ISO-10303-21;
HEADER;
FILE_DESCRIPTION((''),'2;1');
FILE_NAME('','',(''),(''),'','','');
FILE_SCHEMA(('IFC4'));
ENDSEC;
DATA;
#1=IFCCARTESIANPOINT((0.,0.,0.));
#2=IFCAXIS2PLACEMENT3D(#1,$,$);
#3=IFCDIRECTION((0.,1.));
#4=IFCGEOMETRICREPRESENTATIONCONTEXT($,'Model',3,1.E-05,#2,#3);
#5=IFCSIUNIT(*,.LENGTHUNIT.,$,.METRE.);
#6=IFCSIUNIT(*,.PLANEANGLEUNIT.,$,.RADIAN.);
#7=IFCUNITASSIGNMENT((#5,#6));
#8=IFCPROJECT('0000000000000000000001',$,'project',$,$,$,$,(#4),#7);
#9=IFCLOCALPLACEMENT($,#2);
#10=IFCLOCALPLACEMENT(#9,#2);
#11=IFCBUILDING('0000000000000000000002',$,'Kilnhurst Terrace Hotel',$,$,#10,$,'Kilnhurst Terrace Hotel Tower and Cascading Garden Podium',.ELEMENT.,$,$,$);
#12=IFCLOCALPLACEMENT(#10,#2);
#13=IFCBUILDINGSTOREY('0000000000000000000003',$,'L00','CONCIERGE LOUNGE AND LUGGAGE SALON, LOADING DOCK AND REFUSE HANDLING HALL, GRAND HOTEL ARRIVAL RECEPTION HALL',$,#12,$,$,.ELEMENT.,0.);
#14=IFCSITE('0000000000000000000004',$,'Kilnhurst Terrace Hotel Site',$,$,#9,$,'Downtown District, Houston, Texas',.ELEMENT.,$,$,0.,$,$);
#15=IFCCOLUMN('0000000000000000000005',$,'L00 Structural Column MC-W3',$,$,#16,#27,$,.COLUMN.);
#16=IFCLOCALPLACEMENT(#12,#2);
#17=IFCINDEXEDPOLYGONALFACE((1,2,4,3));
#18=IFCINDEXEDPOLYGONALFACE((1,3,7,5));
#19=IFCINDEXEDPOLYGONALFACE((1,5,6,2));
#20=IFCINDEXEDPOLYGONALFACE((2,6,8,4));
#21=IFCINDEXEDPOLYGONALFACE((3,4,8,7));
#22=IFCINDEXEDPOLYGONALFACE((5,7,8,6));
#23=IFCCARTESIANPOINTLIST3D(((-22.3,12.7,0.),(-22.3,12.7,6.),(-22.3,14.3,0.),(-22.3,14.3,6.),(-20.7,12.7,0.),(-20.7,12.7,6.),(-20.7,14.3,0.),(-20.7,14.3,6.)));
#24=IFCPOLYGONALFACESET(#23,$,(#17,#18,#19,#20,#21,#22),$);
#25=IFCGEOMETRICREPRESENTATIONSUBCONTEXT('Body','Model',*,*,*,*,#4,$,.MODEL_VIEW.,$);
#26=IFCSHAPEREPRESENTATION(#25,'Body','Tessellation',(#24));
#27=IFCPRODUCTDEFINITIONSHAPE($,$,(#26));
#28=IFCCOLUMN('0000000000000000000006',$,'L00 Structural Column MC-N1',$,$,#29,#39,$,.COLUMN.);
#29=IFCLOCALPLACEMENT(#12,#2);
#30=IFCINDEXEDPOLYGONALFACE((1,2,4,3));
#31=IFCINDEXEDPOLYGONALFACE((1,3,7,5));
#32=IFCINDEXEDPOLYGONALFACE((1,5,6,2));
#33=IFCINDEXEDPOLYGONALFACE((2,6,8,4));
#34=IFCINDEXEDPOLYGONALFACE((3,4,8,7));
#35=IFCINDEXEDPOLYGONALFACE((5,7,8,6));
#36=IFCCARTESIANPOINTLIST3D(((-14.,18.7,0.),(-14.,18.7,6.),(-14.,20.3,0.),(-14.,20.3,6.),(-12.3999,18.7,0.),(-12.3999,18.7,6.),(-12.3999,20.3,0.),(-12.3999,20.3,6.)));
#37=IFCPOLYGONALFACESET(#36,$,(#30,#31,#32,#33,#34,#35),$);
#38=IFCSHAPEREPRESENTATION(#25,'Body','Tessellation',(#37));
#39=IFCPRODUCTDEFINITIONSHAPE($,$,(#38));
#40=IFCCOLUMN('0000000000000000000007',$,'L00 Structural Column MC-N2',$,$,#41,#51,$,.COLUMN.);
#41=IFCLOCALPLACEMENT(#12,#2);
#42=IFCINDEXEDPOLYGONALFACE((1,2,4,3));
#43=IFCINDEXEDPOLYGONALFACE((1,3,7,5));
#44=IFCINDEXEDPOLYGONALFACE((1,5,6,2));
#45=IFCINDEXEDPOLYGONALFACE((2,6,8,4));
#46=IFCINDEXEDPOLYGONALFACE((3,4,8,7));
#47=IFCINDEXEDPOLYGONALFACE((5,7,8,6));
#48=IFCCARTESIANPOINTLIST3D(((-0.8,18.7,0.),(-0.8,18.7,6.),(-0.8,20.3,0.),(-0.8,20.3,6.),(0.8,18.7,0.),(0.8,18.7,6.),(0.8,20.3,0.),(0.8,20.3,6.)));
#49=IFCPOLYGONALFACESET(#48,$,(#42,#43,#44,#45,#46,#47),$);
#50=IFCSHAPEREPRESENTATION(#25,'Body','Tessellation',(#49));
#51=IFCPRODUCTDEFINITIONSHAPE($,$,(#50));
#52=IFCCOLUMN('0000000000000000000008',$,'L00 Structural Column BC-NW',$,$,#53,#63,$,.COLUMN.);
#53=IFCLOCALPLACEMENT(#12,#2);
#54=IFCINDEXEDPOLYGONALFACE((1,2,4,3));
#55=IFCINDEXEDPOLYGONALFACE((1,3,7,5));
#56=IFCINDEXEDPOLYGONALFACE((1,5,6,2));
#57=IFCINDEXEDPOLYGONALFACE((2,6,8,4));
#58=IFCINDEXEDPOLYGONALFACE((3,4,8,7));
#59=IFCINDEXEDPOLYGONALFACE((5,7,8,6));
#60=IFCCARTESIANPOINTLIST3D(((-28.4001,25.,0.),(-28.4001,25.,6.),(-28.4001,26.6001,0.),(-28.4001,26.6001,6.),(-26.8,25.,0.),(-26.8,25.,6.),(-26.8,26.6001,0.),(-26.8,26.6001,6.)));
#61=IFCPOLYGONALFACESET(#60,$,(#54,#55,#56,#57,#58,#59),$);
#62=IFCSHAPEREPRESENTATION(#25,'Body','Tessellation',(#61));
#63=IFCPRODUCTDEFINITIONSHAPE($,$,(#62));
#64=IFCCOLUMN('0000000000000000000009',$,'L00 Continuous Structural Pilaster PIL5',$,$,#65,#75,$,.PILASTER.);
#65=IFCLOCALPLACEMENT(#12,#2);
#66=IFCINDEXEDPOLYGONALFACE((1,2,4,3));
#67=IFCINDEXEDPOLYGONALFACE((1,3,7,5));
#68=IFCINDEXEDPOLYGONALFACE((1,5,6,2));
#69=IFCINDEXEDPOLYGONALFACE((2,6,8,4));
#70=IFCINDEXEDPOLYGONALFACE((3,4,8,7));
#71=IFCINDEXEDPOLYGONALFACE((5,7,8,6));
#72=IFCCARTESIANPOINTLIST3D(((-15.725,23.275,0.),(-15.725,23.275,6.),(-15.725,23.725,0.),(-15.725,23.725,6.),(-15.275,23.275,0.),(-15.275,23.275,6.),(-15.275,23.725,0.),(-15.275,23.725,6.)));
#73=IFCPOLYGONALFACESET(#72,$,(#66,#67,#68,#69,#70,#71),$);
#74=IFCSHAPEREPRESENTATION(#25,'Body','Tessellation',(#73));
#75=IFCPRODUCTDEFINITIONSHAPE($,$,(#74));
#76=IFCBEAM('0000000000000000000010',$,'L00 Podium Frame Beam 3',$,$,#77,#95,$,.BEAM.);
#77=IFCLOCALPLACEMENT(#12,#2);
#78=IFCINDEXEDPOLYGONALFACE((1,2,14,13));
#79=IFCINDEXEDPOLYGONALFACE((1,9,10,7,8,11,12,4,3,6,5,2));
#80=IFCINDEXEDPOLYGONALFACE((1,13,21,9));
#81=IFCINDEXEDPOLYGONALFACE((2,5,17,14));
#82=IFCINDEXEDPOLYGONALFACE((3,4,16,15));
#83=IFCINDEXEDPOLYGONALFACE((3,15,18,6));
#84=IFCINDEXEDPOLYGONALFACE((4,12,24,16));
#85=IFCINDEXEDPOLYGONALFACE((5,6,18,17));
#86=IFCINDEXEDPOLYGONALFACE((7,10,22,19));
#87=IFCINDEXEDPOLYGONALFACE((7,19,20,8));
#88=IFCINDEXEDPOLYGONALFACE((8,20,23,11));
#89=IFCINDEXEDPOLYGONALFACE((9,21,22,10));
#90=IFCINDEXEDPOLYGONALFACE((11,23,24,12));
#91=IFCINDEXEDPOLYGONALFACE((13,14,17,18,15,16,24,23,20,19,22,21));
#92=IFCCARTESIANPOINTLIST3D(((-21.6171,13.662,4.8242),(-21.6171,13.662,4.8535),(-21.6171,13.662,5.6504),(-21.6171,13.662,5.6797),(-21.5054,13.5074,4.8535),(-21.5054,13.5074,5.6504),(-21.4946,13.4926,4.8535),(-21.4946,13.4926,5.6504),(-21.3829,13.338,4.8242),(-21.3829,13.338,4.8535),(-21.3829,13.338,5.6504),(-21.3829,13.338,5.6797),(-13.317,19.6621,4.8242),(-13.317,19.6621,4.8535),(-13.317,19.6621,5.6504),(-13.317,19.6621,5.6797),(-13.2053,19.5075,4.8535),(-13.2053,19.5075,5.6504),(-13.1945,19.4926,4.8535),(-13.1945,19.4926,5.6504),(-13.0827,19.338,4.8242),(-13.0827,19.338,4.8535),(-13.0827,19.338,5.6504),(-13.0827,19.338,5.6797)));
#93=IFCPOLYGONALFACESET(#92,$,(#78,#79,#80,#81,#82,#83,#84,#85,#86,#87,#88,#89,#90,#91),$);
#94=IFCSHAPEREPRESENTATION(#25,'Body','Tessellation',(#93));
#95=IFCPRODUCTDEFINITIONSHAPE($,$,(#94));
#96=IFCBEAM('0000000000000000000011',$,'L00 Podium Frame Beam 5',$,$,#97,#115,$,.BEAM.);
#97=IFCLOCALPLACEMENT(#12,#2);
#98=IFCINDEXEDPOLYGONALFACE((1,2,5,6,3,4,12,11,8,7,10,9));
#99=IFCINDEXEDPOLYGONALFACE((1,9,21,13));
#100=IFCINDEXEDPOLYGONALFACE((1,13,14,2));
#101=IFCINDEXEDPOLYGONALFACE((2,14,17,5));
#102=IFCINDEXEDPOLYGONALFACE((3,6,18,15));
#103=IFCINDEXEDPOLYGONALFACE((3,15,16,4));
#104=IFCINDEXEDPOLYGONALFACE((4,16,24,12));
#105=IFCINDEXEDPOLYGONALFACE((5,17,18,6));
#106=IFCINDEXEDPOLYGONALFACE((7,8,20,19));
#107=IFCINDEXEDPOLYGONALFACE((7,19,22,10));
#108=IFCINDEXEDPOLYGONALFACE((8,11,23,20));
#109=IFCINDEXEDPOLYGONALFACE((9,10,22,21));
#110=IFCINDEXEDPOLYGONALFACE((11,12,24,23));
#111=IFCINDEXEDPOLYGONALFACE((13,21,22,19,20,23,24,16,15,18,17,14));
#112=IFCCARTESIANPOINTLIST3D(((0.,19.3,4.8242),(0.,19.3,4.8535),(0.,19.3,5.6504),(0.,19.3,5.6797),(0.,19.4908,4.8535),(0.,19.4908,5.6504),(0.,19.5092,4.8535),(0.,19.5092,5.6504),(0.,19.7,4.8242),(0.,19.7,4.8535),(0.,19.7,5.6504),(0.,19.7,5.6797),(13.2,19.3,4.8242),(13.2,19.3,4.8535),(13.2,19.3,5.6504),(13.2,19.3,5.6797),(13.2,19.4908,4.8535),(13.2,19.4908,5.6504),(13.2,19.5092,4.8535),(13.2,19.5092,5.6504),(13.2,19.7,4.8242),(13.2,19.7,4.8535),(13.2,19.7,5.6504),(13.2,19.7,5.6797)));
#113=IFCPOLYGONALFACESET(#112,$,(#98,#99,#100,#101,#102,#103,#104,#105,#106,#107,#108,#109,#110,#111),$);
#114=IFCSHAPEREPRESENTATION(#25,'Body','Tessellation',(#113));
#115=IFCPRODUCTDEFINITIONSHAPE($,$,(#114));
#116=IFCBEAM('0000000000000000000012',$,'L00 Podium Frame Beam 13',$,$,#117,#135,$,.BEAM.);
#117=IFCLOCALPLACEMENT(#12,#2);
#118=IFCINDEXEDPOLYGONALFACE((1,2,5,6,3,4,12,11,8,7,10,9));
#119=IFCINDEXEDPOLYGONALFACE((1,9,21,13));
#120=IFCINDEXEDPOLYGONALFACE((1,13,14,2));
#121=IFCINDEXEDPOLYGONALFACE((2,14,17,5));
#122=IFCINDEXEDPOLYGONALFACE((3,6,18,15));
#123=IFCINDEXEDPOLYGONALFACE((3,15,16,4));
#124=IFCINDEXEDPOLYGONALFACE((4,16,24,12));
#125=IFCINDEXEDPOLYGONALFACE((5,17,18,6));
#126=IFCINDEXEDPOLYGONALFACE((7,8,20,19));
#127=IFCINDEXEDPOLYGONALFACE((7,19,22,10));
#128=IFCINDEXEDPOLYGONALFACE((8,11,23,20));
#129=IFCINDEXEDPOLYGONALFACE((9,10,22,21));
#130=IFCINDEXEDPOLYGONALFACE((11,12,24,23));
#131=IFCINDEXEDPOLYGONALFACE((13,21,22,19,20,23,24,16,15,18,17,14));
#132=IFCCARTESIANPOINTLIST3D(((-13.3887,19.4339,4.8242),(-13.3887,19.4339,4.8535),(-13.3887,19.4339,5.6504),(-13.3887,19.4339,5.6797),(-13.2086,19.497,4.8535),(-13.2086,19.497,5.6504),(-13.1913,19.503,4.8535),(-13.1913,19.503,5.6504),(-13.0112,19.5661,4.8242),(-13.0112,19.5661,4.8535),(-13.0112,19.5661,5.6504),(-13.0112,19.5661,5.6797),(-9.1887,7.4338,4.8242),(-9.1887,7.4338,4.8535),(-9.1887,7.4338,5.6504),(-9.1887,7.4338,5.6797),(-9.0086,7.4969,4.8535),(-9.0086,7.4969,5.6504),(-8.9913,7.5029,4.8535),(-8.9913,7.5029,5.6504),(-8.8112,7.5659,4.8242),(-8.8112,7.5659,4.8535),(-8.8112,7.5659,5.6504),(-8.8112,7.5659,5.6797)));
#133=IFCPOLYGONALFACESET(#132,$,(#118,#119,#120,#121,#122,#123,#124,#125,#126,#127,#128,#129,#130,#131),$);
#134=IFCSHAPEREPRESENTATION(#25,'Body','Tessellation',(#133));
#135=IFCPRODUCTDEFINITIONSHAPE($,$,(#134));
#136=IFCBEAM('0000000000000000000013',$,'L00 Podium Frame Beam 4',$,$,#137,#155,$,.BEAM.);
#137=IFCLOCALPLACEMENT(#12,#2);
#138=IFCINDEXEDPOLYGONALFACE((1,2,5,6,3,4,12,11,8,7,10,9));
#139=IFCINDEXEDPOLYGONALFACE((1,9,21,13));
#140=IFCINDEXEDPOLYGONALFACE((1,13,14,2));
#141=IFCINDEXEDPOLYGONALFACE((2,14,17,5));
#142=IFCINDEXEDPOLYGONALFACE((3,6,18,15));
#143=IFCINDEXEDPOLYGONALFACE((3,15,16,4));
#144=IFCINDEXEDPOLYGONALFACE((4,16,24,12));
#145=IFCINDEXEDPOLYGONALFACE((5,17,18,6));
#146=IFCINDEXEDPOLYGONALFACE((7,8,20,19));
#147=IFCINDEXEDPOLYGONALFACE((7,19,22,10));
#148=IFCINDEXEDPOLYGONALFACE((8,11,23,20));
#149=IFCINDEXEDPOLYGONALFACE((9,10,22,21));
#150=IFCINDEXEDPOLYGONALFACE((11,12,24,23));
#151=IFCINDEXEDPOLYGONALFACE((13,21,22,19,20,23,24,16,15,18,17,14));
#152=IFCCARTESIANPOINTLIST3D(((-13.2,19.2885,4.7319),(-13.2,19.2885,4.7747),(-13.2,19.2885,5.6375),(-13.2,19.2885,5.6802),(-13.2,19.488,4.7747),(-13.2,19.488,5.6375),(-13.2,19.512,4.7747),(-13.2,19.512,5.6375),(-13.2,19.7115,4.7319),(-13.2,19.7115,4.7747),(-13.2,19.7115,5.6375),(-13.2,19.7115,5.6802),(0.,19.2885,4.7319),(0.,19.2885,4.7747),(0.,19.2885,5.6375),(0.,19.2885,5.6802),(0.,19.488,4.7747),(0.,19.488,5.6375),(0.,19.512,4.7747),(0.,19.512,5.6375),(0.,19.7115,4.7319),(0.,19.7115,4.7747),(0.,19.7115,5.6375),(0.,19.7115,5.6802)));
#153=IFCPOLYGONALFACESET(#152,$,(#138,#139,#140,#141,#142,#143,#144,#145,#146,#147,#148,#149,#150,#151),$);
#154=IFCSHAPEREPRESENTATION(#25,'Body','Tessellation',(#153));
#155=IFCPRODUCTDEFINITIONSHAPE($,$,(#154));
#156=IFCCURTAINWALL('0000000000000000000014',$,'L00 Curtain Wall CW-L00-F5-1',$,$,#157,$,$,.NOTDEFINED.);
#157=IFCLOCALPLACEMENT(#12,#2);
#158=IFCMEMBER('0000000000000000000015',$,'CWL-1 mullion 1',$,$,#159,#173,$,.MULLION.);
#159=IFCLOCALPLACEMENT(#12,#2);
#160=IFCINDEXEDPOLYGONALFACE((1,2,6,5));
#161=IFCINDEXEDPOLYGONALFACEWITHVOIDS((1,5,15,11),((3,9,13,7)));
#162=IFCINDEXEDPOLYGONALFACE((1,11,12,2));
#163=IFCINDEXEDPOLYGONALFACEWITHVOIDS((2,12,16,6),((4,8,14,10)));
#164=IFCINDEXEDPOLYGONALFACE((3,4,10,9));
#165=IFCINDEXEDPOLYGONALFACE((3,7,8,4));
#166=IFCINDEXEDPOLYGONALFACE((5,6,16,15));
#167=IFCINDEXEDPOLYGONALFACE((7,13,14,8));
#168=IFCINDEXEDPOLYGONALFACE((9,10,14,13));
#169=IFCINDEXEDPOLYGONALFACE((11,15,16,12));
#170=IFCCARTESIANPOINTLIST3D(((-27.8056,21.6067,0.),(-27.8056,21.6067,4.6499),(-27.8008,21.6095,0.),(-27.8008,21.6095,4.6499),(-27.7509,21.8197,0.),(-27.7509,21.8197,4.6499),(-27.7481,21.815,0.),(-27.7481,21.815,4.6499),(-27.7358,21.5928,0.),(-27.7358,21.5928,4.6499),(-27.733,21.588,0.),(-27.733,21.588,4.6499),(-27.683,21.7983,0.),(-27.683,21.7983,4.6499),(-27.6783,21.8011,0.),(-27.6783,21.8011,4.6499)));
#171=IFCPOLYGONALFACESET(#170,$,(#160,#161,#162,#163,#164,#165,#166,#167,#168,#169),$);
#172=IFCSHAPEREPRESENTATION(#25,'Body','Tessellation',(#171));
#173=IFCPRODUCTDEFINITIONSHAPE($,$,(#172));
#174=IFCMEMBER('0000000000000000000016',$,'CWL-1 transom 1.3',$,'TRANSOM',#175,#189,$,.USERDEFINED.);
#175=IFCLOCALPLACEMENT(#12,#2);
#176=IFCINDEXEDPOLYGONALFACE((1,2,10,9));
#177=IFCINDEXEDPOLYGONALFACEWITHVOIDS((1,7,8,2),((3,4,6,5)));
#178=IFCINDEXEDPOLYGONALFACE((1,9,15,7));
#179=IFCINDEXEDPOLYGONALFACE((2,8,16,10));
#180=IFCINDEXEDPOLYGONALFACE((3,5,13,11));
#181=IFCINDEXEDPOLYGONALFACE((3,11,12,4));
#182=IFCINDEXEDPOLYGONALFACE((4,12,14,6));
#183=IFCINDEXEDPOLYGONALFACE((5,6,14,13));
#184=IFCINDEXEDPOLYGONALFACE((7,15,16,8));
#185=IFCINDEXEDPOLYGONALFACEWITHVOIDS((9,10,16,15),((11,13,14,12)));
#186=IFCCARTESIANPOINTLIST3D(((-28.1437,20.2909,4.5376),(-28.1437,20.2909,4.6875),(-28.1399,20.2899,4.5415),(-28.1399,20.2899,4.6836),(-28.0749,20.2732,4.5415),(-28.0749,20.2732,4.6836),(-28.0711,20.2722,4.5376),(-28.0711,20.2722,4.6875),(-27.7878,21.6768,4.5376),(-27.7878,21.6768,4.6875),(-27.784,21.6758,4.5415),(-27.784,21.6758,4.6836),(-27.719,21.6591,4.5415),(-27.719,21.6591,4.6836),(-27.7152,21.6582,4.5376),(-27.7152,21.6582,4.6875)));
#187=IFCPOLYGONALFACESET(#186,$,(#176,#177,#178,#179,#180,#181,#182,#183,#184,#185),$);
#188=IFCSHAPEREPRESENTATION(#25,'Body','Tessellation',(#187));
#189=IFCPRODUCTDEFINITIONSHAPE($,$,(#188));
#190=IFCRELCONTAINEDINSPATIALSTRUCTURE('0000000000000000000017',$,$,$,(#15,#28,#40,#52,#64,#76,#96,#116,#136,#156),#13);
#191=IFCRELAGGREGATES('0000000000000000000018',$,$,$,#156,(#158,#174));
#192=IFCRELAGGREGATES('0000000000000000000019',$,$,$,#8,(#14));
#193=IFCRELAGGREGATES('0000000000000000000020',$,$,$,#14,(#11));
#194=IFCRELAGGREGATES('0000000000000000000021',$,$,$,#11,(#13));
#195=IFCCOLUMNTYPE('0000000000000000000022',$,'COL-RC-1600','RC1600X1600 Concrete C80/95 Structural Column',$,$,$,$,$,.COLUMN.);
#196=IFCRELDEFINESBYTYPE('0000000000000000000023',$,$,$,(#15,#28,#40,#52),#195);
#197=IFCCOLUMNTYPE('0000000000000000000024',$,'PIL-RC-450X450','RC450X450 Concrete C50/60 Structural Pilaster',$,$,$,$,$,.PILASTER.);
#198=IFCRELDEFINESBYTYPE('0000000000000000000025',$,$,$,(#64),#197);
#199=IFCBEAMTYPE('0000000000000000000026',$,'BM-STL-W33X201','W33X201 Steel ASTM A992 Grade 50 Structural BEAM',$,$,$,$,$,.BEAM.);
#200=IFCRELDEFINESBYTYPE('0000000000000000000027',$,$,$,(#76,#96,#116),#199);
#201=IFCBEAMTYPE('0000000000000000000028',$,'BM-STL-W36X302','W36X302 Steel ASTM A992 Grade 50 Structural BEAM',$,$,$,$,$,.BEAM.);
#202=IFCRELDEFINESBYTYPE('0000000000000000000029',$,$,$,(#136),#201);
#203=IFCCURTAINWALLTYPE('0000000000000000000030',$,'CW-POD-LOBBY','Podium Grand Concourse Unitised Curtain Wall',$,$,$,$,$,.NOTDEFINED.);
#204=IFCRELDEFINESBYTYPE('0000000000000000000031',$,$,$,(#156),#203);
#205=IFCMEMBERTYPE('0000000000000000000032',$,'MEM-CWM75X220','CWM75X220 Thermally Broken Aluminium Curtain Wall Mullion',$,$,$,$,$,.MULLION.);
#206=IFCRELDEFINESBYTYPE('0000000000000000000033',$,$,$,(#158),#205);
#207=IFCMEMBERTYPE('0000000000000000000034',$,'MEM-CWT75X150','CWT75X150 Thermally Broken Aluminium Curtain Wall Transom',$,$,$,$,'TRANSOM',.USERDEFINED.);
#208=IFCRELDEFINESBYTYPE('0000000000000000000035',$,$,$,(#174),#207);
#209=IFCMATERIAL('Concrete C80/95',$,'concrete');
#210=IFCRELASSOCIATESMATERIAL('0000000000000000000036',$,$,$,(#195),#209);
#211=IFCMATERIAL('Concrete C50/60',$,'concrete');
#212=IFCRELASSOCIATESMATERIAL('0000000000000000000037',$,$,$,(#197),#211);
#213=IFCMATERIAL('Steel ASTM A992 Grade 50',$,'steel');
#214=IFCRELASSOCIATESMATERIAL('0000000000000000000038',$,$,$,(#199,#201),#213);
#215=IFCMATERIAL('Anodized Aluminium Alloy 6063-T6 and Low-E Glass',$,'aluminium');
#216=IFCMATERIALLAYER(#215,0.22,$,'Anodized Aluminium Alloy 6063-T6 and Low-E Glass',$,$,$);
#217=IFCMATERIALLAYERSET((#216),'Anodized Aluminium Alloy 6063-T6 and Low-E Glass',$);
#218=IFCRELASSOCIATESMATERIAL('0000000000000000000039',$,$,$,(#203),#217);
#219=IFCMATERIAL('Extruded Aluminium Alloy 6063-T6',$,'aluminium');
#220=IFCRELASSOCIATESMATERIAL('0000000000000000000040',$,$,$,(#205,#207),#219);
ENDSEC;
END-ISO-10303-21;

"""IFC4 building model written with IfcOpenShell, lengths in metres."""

from ifc_helpers import new_model, si_unit, direction, frame, origin, origin_2d, place, context, subcontext, project, spatial, rectangle, hollow_rectangle, i_section, extrude, material, layer, layer_set, material_profile, profile_set, type_object, element, aggregate, save


model = new_model("IFC4")

# Units and contexts
model_context = context("Model", 3, precision=1e-05, world=origin(), true_north=direction((0.0, 1.0)))
body_context = subcontext(model_context, "Body", "Model", "MODEL_VIEW")
ifc_project = project(units=[si_unit("LENGTHUNIT", "METRE"), si_unit("PLANEANGLEUNIT", "RADIAN")], contexts=[model_context])

# Site, building, storey
site_placement = place(None, origin())
site = spatial("IfcSite", under=ifc_project, at=site_placement, Name="Kilnhurst Terrace Hotel Site", LongName="Downtown District, Houston, Texas", CompositionType="ELEMENT", RefElevation=0.0)
building_placement = place(site_placement, origin())
building = spatial("IfcBuilding", under=site, at=building_placement, Name="Kilnhurst Terrace Hotel", LongName="Kilnhurst Terrace Hotel Tower and Cascading Garden Podium", CompositionType="ELEMENT")
storey_placement = place(building_placement, origin())
storey = spatial("IfcBuildingStorey", under=building, at=storey_placement, Name="L00", Description="CONCIERGE LOUNGE AND LUGGAGE SALON, LOADING DOCK AND REFUSE HANDLING HALL, GRAND HOTEL ARRIVAL RECEPTION HALL", CompositionType="ELEMENT", Elevation=0.0)

# Columns
ifc_material_1 = material(Name="Concrete C80/95", Category="concrete")
ifc_material_profile_1 = material_profile(ifc_material_1, rectangle(XDim=1.6001, YDim=1.6001, at=origin_2d()), Name="RC1600X1600")
ifc_profile_set_1 = profile_set([ifc_material_profile_1], Name="Concrete C80/95")
column_type_1 = type_object("IfcColumnType", Name="COL-RC-1600", Description="RC1600X1600 Concrete C80/95 Structural Column", PredefinedType="COLUMN", material=ifc_profile_set_1)
for number, where, z_axis, x_axis, name in (
    (1, (-21.5, 13.5, 0.0), (0.0, 0.0, 1.0), (1.0, 0.0, 0.0), "L00 Structural Column MC-W3"),
    (2, (-13.2, 19.5, 0.0), (0.0, 0.0, 1.0), (1.0, 0.0, 0.0), "L00 Structural Column MC-N1"),
    (3, (0.0, 19.5, 0.0), (0.0, 0.0, 1.0), (1.0, 0.0, 0.0), "L00 Structural Column MC-N2"),
    (4, (-27.6001, 25.8, 0.0), (0.0, 0.0, 1.0), (1.0, 0.0, 0.0), "L00 Structural Column BC-NW"),
):
    element("IfcColumn", number, at=place(storey_placement, frame(where, z_axis=z_axis, x_axis=x_axis)), inside=storey, type_object=column_type_1, Name=name, PredefinedType="COLUMN", context=body_context, shape_type="SweptSolid", body=[
        extrude(rectangle(XDim=1.6001, YDim=1.6001, at=origin_2d()), origin(), (0.0, 0.0, 1.0), 6.0),
    ])
ifc_material_2 = material(Name="Concrete C50/60", Category="concrete")
ifc_material_profile_2 = material_profile(ifc_material_2, rectangle(XDim=0.45, YDim=0.45, at=origin_2d()), Name="RC450X450")
ifc_profile_set_2 = profile_set([ifc_material_profile_2], Name="Concrete C50/60")
column_type_2 = type_object("IfcColumnType", Name="PIL-RC-450X450", Description="RC450X450 Concrete C50/60 Structural Pilaster", PredefinedType="PILASTER", material=ifc_profile_set_2)
column_placement = place(storey_placement, frame((-15.5, 23.5, 0.0), z_axis=(0.0, 0.0, 1.0), x_axis=(1.0, 0.0, 0.0)))
element("IfcColumn", 5, at=column_placement, inside=storey, type_object=column_type_2, Name="L00 Continuous Structural Pilaster PIL5", PredefinedType="PILASTER", context=body_context, shape_type="SweptSolid", body=[
    extrude(rectangle(XDim=0.45, YDim=0.45, at=origin_2d()), origin(), (0.0, 0.0, 1.0), 6.0),
])

# Beams
ifc_material_3 = material(Name="Steel ASTM A992 Grade 50", Category="steel")
ifc_material_profile_3 = material_profile(ifc_material_3, i_section(OverallWidth=0.3999, OverallDepth=0.8555, WebThickness=0.0183, FlangeThickness=0.0293, at=origin_2d()), Name="W33X201")
ifc_profile_set_3 = profile_set([ifc_material_profile_3], Name="Steel ASTM A992 Grade 50")
beam_type_1 = type_object("IfcBeamType", Name="BM-STL-W33X201", Description="W33X201 Steel ASTM A992 Grade 50 Structural BEAM", PredefinedType="BEAM", material=ifc_profile_set_3)
beam_1_placement = place(storey_placement, frame((-21.5, 13.5, 5.252), z_axis=(0.810423, 0.585845, 0.0), x_axis=(-0.585845, 0.810423, 0.0)))
element("IfcBeam", 6, at=beam_1_placement, inside=storey, type_object=beam_type_1, Name="L00 Podium Frame Beam 3", PredefinedType="BEAM", context=body_context, shape_type="SweptSolid", body=[
    extrude(i_section(OverallWidth=0.3999, OverallDepth=0.8555, WebThickness=0.0183, FlangeThickness=0.0293, at=origin_2d()), origin(), (0.0, 0.0, 1.0), 10.2417),
])
beam_2_placement = place(storey_placement, frame((0.0, 19.5, 5.252), z_axis=(1.0, 0.0, 0.0), x_axis=(0.0, 1.0, 0.0)))
element("IfcBeam", 7, at=beam_2_placement, inside=storey, type_object=beam_type_1, Name="L00 Podium Frame Beam 5", PredefinedType="BEAM", context=body_context, shape_type="SweptSolid", body=[
    extrude(i_section(OverallWidth=0.3999, OverallDepth=0.8555, WebThickness=0.0183, FlangeThickness=0.0293, at=origin_2d()), origin(), (0.0, 0.0, 1.0), 13.2),
])
beam_3_placement = place(storey_placement, frame((-13.2, 19.5, 5.252), z_axis=(0.330347, -0.94386, 0.0), x_axis=(0.94386, 0.330347, 0.0)))
element("IfcBeam", 8, at=beam_3_placement, inside=storey, type_object=beam_type_1, Name="L00 Podium Frame Beam 13", PredefinedType="BEAM", context=body_context, shape_type="SweptSolid", body=[
    extrude(i_section(OverallWidth=0.3999, OverallDepth=0.8555, WebThickness=0.0183, FlangeThickness=0.0293, at=origin_2d()), origin(), (0.0, 0.0, 1.0), 12.7139),
])
ifc_material_profile_4 = material_profile(ifc_material_3, i_section(OverallWidth=0.4231, OverallDepth=0.9482, WebThickness=0.0239, FlangeThickness=0.0427, at=origin_2d()), Name="W36X302")
ifc_profile_set_4 = profile_set([ifc_material_profile_4], Name="Steel ASTM A992 Grade 50")
beam_type_2 = type_object("IfcBeamType", Name="BM-STL-W36X302", Description="W36X302 Steel ASTM A992 Grade 50 Structural BEAM", PredefinedType="BEAM", material=ifc_profile_set_4)
beam_4_placement = place(storey_placement, frame((-13.2, 19.5, 5.2061), z_axis=(1.0, 0.0, 0.0), x_axis=(0.0, 1.0, 0.0)))
element("IfcBeam", 9, at=beam_4_placement, inside=storey, type_object=beam_type_2, Name="L00 Podium Frame Beam 4", PredefinedType="BEAM", context=body_context, shape_type="SweptSolid", body=[
    extrude(i_section(OverallWidth=0.4231, OverallDepth=0.9482, WebThickness=0.0239, FlangeThickness=0.0427, at=origin_2d()), origin(), (0.0, 0.0, 1.0), 13.2),
])

# Curtain wall, members
ifc_material_4 = material(Name="Anodized Aluminium Alloy 6063-T6 and Low-E Glass", Category="aluminium")
ifc_layer_1 = layer(ifc_material_4, 0.22, Name="Anodized Aluminium Alloy 6063-T6 and Low-E Glass")
ifc_layer_set_1 = layer_set([ifc_layer_1], Name="Anodized Aluminium Alloy 6063-T6 and Low-E Glass")
curtain_wall_type = type_object("IfcCurtainWallType", Name="CW-POD-LOBBY", Description="Podium Grand Concourse Unitised Curtain Wall", PredefinedType="NOTDEFINED", material=ifc_layer_set_1)
curtain_wall_placement = place(storey_placement, origin())
curtain_wall = element("IfcCurtainWall", 10, at=curtain_wall_placement, inside=storey, type_object=curtain_wall_type, Name="L00 Curtain Wall CW-L00-F5-1", PredefinedType="NOTDEFINED")
ifc_material_5 = material(Name="Extruded Aluminium Alloy 6063-T6", Category="aluminium")
ifc_material_profile_5 = material_profile(ifc_material_5, hollow_rectangle(XDim=0.075, YDim=0.22, WallThickness=0.0039, at=origin_2d()), Name="CWM75X220")
ifc_profile_set_5 = profile_set([ifc_material_profile_5], Name="Extruded Aluminium Alloy 6063-T6")
member_type_1 = type_object("IfcMemberType", Name="MEM-CWM75X220", Description="CWM75X220 Thermally Broken Aluminium Curtain Wall Mullion", PredefinedType="MULLION", material=ifc_profile_set_5)
member_1_placement = place(storey_placement, frame((-27.7419, 21.7039, 0.0), z_axis=(0.0, 0.0, 1.0), x_axis=(0.96857, -0.24874, 0.0)))
member_1 = element("IfcMember", 11, at=member_1_placement, type_object=member_type_1, Name="CWL-1 mullion 1", PredefinedType="MULLION", context=body_context, shape_type="SweptSolid", body=[
    extrude(hollow_rectangle(XDim=0.075, YDim=0.22, WallThickness=0.0039, at=origin_2d()), origin(), (0.0, 0.0, 1.0), 4.6499),
])
ifc_material_profile_6 = material_profile(ifc_material_5, hollow_rectangle(XDim=0.075, YDim=0.1499, WallThickness=0.0039, at=origin_2d()), Name="CWT75X150")
ifc_profile_set_6 = profile_set([ifc_material_profile_6], Name="Extruded Aluminium Alloy 6063-T6")
member_type_2 = type_object("IfcMemberType", Name="MEM-CWT75X150", Description="CWT75X150 Thermally Broken Aluminium Curtain Wall Transom", ElementType="TRANSOM", PredefinedType="USERDEFINED", material=ifc_profile_set_6)
member_2_placement = place(storey_placement, frame((-27.7515, 21.6675, 4.6125), z_axis=(-0.248753, -0.968567, 0.0), x_axis=(0.968567, -0.248753, 0.0)))
member_2 = element("IfcMember", 12, at=member_2_placement, type_object=member_type_2, Name="CWL-1 transom 1.3", ObjectType="TRANSOM", PredefinedType="USERDEFINED", context=body_context, shape_type="SweptSolid", body=[
    extrude(hollow_rectangle(XDim=0.075, YDim=0.1499, WallThickness=0.0039, at=origin_2d()), origin(), (0.0, 0.0, 1.0), 1.4309),
])
aggregate(curtain_wall, [member_1, member_2])

save(model, "model.ifc")
